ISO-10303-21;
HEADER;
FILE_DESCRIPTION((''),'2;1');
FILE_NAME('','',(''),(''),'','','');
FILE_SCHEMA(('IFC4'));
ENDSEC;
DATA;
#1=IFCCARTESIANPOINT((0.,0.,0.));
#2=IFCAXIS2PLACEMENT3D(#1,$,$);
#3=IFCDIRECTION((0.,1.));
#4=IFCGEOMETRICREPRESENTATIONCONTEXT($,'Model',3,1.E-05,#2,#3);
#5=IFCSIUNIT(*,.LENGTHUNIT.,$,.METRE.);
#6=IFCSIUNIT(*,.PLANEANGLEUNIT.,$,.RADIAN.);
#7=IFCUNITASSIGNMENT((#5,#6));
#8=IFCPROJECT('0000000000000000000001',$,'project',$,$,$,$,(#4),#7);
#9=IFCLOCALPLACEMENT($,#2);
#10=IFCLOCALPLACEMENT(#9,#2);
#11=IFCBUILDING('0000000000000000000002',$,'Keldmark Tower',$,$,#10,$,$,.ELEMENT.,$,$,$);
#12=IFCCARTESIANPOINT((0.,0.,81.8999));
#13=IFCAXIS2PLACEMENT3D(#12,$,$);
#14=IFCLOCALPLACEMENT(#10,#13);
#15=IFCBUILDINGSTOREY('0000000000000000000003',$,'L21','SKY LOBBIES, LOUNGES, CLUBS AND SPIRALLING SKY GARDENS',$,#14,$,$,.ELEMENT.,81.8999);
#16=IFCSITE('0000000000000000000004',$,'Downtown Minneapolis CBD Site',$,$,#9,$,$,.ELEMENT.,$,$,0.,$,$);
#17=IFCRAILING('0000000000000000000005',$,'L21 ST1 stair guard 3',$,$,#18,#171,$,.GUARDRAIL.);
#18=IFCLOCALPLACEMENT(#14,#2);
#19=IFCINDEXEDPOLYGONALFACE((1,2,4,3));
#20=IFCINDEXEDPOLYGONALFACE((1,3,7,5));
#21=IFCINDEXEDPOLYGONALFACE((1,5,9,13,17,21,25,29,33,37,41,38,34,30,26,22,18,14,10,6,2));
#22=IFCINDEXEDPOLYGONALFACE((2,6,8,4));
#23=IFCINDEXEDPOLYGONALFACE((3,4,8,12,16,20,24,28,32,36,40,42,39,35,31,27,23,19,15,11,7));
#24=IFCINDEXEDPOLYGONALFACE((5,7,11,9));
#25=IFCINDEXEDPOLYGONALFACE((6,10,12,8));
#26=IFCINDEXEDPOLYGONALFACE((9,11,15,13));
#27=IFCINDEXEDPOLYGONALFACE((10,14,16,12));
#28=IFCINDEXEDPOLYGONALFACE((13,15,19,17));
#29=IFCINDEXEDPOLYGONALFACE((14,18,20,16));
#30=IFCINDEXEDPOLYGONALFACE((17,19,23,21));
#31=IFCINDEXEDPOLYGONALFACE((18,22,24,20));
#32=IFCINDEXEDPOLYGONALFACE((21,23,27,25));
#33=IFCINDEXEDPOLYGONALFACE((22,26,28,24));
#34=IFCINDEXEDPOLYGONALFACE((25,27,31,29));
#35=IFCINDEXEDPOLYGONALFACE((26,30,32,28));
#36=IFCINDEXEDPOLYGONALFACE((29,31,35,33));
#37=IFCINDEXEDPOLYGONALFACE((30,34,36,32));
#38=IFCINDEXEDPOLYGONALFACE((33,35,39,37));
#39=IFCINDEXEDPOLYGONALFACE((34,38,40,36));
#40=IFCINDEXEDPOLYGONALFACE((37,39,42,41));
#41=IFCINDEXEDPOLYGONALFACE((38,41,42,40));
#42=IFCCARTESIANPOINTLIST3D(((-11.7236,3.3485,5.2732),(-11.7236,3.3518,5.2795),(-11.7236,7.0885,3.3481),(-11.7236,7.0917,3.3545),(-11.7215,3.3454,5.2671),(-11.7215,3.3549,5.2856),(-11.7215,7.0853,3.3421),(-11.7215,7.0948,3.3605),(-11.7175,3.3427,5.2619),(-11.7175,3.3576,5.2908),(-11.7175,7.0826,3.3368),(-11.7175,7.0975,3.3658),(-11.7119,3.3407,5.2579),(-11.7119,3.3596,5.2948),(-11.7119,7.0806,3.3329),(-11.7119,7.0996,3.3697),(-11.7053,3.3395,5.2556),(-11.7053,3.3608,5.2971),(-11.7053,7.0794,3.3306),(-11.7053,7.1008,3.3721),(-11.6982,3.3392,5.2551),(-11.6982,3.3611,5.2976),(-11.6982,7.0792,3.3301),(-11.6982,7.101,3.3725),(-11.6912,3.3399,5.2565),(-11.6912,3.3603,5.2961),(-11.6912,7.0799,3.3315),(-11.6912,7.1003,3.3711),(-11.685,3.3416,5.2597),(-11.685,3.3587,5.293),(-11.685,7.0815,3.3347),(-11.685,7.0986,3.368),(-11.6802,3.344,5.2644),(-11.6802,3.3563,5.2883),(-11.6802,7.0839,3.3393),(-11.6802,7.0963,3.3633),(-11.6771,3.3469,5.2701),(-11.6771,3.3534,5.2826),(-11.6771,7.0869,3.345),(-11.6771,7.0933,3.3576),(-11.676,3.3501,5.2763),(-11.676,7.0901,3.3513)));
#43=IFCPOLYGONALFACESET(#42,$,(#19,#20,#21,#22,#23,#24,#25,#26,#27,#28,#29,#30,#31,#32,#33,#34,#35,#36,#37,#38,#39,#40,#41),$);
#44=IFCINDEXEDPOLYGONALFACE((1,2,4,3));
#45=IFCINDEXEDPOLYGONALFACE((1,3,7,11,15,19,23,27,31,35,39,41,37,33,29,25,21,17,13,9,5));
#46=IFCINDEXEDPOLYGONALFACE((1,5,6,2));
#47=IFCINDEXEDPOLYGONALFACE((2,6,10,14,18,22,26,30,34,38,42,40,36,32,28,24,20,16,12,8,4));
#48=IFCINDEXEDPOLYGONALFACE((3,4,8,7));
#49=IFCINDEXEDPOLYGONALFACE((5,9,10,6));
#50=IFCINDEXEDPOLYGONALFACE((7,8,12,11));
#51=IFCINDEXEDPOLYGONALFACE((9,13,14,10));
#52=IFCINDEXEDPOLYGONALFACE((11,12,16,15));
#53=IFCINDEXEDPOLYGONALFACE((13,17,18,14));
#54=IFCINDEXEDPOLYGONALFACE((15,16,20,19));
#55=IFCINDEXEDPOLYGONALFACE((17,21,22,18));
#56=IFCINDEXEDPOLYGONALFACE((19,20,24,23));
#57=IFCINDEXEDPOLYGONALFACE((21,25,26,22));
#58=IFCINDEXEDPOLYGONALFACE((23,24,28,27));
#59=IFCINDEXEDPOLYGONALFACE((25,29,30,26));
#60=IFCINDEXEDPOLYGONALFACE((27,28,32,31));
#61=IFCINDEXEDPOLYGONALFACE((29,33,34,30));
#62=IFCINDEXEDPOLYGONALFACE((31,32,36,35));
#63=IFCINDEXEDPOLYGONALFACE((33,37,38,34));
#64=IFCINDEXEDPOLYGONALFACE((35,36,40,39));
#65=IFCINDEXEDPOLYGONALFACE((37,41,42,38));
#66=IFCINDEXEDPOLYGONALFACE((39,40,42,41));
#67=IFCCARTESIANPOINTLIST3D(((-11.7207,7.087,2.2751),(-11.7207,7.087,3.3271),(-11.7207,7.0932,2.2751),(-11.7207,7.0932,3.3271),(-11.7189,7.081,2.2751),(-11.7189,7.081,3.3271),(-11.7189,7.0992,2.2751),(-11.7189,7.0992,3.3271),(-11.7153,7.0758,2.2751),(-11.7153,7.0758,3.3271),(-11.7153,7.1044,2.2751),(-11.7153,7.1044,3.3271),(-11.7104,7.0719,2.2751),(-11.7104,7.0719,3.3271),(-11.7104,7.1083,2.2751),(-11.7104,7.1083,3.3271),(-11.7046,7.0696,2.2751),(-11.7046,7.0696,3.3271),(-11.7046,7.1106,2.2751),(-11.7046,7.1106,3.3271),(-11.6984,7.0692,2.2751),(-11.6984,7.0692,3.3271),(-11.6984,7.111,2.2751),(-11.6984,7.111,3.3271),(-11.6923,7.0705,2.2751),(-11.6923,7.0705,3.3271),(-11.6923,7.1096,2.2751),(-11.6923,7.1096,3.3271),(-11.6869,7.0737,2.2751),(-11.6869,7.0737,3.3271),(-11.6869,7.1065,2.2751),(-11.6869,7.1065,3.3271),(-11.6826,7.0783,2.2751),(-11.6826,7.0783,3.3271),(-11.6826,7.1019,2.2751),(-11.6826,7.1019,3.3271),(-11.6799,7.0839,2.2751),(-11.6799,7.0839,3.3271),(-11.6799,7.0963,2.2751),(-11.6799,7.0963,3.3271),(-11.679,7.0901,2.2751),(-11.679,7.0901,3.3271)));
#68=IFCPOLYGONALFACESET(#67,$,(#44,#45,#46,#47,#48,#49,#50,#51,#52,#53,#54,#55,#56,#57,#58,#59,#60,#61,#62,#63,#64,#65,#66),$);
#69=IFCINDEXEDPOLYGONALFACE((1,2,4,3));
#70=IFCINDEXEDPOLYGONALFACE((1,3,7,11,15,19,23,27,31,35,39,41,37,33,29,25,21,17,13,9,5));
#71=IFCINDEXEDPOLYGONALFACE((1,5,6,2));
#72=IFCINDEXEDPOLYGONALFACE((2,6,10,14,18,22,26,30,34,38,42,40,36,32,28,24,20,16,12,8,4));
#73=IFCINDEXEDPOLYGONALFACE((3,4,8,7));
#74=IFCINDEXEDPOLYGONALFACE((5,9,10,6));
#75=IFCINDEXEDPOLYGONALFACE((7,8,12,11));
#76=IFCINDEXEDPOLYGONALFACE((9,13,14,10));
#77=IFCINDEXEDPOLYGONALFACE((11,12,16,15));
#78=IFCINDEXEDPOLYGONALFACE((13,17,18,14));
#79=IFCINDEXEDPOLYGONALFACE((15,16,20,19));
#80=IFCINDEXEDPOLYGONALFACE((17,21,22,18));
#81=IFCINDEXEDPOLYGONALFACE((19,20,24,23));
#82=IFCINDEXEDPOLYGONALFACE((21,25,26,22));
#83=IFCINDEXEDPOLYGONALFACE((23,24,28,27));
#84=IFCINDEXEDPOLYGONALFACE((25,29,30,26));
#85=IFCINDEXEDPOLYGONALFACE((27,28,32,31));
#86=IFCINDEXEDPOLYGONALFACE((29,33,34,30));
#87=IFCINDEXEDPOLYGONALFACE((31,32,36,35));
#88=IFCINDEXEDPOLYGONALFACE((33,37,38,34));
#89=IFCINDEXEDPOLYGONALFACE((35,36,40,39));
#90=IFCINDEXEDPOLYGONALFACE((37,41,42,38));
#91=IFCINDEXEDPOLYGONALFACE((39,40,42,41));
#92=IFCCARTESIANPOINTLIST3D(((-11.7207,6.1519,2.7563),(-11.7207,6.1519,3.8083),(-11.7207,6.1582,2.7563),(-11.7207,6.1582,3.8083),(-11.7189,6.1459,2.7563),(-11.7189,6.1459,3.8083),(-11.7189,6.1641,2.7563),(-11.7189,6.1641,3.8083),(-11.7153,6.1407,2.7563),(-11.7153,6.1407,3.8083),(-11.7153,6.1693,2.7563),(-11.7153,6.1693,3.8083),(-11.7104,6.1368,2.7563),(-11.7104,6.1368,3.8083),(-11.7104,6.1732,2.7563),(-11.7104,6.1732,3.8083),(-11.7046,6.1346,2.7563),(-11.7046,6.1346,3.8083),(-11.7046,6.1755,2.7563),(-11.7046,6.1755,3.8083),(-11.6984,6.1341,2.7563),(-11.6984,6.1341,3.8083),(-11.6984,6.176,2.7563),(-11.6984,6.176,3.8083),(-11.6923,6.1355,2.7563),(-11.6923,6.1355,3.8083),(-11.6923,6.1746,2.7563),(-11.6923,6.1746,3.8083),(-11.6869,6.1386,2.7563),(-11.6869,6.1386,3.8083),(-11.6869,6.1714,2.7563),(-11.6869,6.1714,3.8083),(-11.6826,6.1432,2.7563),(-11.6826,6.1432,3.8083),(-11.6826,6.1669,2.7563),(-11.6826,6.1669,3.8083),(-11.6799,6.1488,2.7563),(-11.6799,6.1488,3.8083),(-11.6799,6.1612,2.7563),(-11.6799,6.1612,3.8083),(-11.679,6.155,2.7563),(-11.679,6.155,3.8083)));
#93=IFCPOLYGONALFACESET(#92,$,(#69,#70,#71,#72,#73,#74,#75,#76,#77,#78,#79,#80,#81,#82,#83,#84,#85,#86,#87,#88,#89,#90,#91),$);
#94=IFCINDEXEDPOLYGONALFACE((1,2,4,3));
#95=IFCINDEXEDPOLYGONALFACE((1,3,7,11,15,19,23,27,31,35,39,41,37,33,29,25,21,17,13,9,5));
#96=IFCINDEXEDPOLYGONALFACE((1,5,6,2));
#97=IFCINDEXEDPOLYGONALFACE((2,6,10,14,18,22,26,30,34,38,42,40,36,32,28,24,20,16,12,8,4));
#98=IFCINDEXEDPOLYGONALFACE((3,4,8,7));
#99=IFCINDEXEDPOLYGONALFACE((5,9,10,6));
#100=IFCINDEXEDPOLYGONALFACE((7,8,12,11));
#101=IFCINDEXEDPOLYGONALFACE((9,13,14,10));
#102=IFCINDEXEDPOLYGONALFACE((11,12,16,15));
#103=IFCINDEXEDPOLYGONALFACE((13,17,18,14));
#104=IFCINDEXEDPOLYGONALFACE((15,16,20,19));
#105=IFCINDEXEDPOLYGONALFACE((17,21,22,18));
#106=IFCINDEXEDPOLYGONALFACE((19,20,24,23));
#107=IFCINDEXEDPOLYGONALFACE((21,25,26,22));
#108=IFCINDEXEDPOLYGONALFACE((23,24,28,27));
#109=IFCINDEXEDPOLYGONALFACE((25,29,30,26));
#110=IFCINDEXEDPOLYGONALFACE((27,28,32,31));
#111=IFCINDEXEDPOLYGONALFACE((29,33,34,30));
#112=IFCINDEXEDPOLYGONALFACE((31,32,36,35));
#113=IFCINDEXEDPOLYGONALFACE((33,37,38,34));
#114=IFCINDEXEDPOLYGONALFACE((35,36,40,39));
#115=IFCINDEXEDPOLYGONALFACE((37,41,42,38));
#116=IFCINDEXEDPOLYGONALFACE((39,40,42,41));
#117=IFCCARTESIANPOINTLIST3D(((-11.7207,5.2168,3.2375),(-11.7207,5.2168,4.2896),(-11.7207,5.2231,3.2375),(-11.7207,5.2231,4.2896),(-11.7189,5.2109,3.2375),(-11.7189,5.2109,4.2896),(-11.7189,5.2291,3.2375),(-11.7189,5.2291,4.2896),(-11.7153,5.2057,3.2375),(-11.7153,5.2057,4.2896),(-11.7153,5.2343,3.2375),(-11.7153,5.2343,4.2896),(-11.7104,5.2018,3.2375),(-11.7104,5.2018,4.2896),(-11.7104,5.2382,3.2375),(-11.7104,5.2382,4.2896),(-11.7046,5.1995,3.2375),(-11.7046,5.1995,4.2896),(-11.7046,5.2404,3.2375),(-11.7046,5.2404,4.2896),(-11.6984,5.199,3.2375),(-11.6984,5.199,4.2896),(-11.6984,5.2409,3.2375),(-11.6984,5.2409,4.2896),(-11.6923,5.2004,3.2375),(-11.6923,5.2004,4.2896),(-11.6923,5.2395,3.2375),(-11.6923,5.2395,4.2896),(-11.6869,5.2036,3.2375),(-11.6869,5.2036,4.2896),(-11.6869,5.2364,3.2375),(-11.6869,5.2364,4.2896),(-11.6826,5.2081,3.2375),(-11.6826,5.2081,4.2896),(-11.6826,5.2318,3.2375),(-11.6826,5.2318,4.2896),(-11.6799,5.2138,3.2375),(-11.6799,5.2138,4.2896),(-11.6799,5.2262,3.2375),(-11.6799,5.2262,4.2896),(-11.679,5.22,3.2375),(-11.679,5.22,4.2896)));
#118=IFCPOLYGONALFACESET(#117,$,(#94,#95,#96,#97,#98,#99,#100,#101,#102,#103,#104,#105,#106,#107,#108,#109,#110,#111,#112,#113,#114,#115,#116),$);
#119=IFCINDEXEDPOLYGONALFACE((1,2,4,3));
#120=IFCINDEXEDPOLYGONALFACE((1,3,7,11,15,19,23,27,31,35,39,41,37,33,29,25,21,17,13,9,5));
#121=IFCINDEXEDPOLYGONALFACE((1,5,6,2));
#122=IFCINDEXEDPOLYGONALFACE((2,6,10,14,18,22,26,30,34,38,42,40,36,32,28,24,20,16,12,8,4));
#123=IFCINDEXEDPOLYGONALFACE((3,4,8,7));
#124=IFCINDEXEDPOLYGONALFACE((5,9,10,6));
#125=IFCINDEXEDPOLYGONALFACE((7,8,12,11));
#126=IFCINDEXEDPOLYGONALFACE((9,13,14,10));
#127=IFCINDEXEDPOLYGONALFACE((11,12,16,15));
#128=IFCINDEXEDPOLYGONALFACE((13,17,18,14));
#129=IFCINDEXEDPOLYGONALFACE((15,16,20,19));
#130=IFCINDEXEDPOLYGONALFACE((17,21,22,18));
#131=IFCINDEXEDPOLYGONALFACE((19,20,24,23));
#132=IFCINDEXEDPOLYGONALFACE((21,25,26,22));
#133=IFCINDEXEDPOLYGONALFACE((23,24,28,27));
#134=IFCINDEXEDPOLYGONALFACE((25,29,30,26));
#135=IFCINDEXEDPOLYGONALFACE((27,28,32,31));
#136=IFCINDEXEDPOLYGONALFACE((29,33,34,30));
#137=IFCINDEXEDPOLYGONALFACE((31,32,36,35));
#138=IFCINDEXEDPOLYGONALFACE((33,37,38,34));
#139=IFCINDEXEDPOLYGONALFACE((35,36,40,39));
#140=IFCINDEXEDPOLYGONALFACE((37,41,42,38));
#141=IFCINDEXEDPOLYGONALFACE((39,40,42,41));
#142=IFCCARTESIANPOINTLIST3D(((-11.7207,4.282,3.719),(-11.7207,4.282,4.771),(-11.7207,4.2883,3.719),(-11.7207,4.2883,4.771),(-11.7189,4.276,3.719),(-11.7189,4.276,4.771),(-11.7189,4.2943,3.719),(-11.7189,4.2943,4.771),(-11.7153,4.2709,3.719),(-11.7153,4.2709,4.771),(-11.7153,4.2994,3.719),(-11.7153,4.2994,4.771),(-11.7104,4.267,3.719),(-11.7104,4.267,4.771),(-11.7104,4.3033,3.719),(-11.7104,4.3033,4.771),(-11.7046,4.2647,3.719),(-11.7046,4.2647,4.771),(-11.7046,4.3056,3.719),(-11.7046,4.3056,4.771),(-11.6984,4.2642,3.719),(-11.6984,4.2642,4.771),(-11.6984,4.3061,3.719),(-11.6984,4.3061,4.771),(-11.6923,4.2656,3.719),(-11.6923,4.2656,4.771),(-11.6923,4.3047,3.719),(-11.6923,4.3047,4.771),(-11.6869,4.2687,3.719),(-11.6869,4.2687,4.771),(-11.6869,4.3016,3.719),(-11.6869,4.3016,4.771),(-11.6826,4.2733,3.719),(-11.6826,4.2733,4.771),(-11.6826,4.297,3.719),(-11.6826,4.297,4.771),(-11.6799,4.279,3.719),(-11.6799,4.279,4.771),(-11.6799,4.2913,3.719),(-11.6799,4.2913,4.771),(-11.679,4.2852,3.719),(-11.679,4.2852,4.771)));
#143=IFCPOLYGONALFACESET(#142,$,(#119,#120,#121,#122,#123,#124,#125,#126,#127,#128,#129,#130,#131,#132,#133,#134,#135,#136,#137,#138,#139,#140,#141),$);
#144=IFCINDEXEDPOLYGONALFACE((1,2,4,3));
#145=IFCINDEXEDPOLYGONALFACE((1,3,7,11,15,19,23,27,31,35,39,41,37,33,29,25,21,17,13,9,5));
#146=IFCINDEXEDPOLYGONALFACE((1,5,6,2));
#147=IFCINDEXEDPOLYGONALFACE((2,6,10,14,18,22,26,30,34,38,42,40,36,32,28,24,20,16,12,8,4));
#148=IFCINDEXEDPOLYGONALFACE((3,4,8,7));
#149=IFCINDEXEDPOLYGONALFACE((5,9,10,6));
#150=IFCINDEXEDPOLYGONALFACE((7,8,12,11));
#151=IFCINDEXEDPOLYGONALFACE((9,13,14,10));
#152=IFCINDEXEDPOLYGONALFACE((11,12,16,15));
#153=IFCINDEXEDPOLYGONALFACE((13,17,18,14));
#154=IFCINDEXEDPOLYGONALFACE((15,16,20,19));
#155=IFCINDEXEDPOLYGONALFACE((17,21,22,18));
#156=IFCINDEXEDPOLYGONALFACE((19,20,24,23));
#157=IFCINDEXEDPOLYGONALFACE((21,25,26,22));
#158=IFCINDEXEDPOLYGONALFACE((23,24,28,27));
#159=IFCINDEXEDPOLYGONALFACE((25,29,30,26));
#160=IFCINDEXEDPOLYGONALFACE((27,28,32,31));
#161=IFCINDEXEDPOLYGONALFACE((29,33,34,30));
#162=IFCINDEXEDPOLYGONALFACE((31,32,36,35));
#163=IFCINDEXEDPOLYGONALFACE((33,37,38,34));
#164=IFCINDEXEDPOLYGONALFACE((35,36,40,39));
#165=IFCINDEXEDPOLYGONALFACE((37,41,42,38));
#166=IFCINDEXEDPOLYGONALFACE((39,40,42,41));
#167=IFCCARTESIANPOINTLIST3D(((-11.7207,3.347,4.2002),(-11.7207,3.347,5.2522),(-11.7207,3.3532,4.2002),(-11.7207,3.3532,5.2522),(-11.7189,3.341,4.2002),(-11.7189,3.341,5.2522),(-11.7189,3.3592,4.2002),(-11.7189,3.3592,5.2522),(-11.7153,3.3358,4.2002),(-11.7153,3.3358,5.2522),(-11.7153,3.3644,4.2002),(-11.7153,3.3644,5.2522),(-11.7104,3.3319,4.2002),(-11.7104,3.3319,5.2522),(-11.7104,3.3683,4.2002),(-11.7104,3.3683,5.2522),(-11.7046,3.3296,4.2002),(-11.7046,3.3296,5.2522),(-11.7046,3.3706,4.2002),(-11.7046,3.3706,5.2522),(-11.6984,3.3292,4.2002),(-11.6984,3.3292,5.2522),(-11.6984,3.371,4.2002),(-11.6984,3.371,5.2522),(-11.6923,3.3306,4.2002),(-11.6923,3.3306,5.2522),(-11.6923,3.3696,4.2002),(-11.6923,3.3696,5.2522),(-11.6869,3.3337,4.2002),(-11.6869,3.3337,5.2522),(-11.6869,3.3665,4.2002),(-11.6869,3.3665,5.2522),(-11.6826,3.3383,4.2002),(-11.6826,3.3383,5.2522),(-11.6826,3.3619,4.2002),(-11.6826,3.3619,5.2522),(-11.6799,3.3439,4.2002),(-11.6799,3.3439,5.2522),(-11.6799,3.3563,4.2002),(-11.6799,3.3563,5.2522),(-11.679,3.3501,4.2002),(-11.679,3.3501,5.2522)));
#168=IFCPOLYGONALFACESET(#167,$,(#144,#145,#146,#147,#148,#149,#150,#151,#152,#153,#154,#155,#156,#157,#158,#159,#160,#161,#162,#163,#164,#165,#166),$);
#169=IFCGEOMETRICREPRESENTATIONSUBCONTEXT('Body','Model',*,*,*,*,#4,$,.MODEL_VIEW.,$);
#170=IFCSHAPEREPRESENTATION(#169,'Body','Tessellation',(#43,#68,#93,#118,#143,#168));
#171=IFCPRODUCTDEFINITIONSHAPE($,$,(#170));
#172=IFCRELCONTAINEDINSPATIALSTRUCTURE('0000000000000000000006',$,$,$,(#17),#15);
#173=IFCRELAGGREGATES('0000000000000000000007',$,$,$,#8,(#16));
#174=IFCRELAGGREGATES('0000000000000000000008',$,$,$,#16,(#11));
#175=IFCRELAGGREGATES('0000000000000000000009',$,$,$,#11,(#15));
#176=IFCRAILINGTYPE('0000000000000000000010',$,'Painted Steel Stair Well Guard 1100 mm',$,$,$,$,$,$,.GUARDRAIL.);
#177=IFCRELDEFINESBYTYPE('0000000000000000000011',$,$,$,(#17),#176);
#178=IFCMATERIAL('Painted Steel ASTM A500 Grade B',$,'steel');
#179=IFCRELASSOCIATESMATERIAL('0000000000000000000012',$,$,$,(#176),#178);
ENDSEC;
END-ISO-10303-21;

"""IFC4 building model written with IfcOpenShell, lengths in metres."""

from ifc_helpers import new_model, si_unit, direction, frame, origin, origin_2d, place, context, subcontext, project, spatial, circle, extrude, material, type_object, element, save


model = new_model("IFC4")

# Units and contexts
model_context = context("Model", 3, precision=1e-05, world=origin(), true_north=direction((0.0, 1.0)))
body_context = subcontext(model_context, "Body", "Model", "MODEL_VIEW")
ifc_project = project(units=[si_unit("LENGTHUNIT", "METRE"), si_unit("PLANEANGLEUNIT", "RADIAN")], contexts=[model_context])

# Site, building, storey
site_placement = place(None, origin())
site = spatial("IfcSite", under=ifc_project, at=site_placement, Name="Downtown Minneapolis CBD Site", CompositionType="ELEMENT", RefElevation=0.0)
building_placement = place(site_placement, origin())
building = spatial("IfcBuilding", under=site, at=building_placement, Name="Keldmark Tower", CompositionType="ELEMENT")
storey_placement = place(building_placement, frame((0.0, 0.0, 81.8999)))
storey = spatial("IfcBuildingStorey", under=building, at=storey_placement, Name="L21", Description="SKY LOBBIES, LOUNGES, CLUBS AND SPIRALLING SKY GARDENS", CompositionType="ELEMENT", Elevation=81.8999)

# Railing
ifc_material_1 = material(Name="Painted Steel ASTM A500 Grade B", Category="steel")
railing_type_1 = type_object("IfcRailingType", Name="Painted Steel Stair Well Guard 1100 mm", PredefinedType="GUARDRAIL", material=ifc_material_1)
railing_1_placement = place(storey_placement, frame((-11.7, 7.0901, 2.2751)))
element("IfcRailing", 1, at=railing_1_placement, inside=storey, type_object=railing_type_1, Name="L21 ST1 stair guard 3", PredefinedType="GUARDRAIL", context=body_context, shape_type="SweptSolid", body=[
    extrude(circle(Radius=0.0239, at=origin_2d()), frame((0.0, 0.0, 1.0762), z_axis=(0.0, -0.889131, 0.457654), x_axis=(1.0, 0.0, 0.0)), (0.0, 0.0, 1.0), 4.2063),
    extrude(circle(Radius=0.021, at=origin_2d()), origin(), (0.0, 0.0, 1.0), 1.052),
    extrude(circle(Radius=0.021, at=origin_2d()), frame((0.0, -0.9351, 0.4812)), (0.0, 0.0, 1.0), 1.052),
    extrude(circle(Radius=0.021, at=origin_2d()), frame((0.0, -1.8701, 0.9624)), (0.0, 0.0, 1.0), 1.052),
    extrude(circle(Radius=0.021, at=origin_2d()), frame((0.0, -2.8049, 1.4438)), (0.0, 0.0, 1.0), 1.052),
    extrude(circle(Radius=0.021, at=origin_2d()), frame((0.0, -3.74, 1.925)), (0.0, 0.0, 1.0), 1.052),
])

save(model, "model.ifc")
